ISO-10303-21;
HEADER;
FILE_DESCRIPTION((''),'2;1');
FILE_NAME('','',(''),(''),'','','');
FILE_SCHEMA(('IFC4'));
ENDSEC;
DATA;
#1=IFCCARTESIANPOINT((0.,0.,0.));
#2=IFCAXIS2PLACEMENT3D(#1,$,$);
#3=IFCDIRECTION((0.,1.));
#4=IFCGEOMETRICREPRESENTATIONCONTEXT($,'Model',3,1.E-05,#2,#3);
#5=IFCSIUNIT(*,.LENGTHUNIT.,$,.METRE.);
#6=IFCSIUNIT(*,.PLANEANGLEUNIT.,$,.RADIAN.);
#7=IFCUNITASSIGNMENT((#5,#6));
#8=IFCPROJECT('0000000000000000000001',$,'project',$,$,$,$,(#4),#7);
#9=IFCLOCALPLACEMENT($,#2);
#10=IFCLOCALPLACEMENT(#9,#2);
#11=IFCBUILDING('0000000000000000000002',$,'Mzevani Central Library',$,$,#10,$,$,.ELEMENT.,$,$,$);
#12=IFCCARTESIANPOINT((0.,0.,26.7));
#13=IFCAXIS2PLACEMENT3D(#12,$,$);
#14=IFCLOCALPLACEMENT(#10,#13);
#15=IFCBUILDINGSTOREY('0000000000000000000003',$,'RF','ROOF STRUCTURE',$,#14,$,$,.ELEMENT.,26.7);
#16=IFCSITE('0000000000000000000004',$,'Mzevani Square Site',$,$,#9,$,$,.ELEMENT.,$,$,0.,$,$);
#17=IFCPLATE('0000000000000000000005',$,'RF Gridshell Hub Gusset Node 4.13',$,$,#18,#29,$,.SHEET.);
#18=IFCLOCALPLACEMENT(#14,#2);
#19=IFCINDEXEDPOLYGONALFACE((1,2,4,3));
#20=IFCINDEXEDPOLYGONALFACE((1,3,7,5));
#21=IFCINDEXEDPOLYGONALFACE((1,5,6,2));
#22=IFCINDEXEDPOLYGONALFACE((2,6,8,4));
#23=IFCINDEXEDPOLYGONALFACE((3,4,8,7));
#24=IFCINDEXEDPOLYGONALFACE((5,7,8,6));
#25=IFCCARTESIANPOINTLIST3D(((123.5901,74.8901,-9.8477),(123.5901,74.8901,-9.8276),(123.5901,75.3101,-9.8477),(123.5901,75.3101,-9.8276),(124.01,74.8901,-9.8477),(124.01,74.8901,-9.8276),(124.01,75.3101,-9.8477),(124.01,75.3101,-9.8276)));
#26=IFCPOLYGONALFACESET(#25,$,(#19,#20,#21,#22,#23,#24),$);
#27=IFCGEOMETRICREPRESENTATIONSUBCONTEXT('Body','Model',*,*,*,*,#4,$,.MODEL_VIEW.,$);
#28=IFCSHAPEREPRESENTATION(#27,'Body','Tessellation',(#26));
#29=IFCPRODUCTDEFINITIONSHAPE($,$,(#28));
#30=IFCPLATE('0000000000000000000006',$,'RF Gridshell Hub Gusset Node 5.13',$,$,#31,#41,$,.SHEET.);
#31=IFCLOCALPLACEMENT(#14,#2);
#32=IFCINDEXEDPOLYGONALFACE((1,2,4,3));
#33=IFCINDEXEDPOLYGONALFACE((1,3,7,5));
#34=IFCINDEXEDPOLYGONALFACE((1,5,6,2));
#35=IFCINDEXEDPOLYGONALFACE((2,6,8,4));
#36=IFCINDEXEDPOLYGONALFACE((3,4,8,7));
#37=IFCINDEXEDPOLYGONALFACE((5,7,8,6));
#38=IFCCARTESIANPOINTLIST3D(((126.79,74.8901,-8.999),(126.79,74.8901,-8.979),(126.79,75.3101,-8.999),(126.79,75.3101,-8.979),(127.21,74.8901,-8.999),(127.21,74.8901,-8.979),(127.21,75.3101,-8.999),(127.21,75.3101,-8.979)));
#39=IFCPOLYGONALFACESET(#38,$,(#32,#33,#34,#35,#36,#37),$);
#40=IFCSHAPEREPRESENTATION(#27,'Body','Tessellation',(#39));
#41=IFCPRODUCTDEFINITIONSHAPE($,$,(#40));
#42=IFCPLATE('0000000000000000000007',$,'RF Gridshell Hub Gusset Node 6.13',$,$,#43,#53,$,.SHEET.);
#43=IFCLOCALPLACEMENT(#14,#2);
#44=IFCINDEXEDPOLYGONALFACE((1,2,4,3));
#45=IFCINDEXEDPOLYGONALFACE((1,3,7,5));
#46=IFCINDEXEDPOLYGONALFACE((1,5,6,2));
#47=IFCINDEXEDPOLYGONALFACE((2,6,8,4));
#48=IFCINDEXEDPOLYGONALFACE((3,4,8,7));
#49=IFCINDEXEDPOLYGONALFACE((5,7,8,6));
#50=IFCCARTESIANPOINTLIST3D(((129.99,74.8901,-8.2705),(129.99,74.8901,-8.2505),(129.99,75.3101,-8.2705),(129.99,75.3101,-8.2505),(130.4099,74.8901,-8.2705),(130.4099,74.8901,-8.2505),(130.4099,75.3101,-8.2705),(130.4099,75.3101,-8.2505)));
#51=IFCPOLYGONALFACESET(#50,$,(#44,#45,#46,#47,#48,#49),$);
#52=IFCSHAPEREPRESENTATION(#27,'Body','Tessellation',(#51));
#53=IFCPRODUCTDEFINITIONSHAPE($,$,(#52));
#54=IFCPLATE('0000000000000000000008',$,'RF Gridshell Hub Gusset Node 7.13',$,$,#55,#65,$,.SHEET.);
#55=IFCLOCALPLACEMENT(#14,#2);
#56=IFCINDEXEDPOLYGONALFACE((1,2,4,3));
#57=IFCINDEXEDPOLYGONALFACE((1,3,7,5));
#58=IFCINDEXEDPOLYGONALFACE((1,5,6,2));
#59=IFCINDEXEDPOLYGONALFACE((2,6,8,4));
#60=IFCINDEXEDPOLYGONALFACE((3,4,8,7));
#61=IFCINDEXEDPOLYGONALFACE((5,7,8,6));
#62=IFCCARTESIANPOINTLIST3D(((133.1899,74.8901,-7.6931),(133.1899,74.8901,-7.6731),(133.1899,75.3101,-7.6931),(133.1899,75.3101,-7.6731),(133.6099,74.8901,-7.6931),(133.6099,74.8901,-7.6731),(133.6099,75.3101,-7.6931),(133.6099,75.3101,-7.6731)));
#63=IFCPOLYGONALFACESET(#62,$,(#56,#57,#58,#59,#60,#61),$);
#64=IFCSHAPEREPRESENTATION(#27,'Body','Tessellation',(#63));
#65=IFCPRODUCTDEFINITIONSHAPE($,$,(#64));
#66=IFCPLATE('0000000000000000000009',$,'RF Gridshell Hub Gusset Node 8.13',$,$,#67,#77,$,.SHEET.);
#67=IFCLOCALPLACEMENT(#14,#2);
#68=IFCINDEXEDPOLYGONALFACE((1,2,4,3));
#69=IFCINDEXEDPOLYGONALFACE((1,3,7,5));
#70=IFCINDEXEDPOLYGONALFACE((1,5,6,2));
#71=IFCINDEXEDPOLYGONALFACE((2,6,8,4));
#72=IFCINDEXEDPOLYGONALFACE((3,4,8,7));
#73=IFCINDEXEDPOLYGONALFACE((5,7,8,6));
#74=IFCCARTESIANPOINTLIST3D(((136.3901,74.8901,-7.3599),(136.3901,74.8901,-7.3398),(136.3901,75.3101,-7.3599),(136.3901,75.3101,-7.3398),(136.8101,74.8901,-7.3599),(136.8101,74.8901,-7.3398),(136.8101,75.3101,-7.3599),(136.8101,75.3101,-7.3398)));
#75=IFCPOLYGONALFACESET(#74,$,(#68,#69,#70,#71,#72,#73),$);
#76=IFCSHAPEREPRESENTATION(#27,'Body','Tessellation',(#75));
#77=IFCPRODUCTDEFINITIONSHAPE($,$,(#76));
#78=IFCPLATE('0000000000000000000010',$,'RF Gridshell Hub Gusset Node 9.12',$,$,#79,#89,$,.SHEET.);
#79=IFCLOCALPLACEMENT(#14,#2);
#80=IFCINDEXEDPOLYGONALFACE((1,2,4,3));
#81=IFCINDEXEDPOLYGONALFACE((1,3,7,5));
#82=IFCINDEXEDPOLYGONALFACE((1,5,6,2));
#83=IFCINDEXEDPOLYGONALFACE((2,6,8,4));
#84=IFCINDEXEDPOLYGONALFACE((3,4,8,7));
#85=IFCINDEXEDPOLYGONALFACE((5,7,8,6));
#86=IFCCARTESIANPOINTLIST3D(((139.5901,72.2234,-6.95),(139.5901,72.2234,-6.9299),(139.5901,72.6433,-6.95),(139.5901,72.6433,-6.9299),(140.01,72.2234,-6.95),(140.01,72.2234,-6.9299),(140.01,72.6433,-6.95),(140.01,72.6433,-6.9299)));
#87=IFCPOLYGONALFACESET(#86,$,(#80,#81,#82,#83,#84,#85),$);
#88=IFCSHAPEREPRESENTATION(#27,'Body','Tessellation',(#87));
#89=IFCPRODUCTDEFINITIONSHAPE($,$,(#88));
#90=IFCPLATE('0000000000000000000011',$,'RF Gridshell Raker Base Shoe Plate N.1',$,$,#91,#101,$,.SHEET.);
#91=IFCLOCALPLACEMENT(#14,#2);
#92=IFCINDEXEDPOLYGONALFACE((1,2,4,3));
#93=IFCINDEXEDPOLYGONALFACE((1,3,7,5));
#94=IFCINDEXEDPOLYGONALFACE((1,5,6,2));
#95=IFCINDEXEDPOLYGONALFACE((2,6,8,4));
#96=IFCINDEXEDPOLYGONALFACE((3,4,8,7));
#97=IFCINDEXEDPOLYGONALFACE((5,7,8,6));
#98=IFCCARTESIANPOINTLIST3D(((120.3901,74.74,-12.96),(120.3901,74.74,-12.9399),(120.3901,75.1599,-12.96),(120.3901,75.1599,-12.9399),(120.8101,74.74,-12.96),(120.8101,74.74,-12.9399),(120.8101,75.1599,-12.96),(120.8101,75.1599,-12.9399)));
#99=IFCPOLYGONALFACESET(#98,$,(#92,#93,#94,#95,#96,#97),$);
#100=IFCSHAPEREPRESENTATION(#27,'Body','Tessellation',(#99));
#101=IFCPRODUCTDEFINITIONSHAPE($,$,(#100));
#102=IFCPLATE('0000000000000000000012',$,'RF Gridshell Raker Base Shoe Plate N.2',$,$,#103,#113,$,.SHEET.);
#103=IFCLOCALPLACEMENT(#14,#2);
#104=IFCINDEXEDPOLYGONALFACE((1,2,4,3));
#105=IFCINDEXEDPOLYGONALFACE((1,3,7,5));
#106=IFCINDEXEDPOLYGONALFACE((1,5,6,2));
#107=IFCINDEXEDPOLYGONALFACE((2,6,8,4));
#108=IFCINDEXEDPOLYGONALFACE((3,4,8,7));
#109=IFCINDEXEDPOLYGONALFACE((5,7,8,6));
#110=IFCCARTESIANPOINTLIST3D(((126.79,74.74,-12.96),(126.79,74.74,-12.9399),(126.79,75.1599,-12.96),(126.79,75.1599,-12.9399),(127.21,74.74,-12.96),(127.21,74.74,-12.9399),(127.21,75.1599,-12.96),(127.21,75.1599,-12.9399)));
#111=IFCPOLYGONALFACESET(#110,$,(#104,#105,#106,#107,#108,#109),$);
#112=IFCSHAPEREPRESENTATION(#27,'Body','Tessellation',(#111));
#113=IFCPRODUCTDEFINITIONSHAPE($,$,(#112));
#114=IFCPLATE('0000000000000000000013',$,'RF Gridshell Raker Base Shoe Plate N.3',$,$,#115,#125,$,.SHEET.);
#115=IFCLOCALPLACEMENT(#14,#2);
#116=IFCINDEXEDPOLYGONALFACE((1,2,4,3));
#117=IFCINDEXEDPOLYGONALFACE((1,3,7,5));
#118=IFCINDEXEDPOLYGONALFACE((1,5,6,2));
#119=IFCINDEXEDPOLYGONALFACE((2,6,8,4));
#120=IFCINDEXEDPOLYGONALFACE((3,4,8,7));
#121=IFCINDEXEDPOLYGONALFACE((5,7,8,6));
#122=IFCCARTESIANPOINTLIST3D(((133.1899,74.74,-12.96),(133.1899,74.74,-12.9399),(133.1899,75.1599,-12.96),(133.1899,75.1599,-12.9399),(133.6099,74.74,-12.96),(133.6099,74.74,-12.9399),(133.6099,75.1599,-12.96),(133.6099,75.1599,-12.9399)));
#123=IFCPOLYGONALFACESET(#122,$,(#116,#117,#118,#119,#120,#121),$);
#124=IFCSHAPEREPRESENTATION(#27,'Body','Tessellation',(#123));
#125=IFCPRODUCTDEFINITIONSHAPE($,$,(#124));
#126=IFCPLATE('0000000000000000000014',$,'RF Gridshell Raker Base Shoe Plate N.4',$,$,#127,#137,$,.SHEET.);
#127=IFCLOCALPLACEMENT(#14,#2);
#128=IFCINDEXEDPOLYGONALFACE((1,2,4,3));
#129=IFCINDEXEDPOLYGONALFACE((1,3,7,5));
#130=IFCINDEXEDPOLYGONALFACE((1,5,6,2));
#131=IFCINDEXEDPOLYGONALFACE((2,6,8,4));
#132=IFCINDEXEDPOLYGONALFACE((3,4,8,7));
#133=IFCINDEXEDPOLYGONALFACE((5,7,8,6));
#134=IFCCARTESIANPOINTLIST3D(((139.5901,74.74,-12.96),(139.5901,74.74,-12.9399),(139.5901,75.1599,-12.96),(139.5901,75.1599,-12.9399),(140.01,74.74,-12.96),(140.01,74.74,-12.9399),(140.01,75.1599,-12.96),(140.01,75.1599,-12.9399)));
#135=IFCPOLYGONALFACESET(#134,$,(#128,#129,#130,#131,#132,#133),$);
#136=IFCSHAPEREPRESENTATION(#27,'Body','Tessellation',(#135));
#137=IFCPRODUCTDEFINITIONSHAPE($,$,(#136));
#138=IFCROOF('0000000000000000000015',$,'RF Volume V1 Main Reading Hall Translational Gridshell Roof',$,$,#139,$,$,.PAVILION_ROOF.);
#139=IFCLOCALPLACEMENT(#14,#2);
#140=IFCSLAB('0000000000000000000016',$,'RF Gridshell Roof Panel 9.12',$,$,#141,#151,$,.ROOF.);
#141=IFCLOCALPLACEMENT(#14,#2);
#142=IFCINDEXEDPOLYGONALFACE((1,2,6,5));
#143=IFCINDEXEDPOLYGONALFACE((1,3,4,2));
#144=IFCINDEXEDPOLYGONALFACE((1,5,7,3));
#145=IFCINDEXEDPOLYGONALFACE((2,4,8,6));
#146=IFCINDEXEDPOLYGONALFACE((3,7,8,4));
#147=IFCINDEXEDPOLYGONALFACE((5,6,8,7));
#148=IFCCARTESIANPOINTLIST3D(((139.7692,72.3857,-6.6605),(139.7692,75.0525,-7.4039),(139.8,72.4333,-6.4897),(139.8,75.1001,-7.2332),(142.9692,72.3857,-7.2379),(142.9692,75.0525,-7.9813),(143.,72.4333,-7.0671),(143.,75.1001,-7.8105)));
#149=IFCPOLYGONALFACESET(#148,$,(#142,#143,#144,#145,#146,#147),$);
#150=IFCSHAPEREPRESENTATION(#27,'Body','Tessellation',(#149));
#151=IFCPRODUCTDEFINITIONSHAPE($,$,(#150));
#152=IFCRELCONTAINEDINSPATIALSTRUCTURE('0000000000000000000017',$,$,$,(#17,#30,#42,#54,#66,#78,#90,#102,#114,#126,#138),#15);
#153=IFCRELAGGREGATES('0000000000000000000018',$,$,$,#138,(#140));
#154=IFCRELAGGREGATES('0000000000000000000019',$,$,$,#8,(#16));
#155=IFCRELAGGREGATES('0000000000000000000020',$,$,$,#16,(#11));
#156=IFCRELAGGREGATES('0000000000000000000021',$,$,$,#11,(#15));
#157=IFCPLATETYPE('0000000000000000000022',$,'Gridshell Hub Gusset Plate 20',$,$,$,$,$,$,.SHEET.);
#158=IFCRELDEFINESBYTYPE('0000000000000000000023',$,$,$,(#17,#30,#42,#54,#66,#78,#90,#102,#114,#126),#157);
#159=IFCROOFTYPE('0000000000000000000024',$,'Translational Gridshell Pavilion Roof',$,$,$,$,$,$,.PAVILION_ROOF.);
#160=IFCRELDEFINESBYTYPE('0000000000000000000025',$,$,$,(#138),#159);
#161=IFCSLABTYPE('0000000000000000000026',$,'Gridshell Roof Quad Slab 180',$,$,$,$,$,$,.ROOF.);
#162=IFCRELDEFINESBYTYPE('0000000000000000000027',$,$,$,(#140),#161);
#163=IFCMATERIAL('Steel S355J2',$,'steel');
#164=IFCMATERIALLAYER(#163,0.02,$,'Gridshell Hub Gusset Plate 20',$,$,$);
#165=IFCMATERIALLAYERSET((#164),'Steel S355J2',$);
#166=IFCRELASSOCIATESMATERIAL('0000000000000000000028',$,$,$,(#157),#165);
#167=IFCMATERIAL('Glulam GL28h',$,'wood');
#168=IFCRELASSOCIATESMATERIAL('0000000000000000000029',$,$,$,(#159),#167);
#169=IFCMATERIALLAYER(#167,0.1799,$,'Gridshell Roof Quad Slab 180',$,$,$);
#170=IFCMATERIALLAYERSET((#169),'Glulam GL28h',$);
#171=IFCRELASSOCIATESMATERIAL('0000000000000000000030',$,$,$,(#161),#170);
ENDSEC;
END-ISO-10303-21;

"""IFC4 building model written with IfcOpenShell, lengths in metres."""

from ifc_helpers import new_model, si_unit, direction, frame, origin, origin_2d, place, context, subcontext, project, spatial, polyline, rectangle, outline, extrude, material, layer, layer_set, type_object, element, aggregate, save


model = new_model("IFC4")

# Units and contexts
model_context = context("Model", 3, precision=1e-05, world=origin(), true_north=direction((0.0, 1.0)))
body_context = subcontext(model_context, "Body", "Model", "MODEL_VIEW")
ifc_project = project(units=[si_unit("LENGTHUNIT", "METRE"), si_unit("PLANEANGLEUNIT", "RADIAN")], contexts=[model_context])

# Site, building, storey
site_placement = place(None, origin())
site = spatial("IfcSite", under=ifc_project, at=site_placement, Name="Mzevani Square Site", CompositionType="ELEMENT", RefElevation=0.0)
building_placement = place(site_placement, origin())
building = spatial("IfcBuilding", under=site, at=building_placement, Name="Mzevani Central Library", CompositionType="ELEMENT")
storey_placement = place(building_placement, frame((0.0, 0.0, 26.7)))
storey = spatial("IfcBuildingStorey", under=building, at=storey_placement, Name="RF", Description="ROOF STRUCTURE", CompositionType="ELEMENT", Elevation=26.7)

# Shared definitions
ifc_material_1 = material(Name="Steel S355J2", Category="steel")
ifc_material_2 = material(Name="Glulam GL28h", Category="wood")

# Plates
ifc_layer_1 = layer(ifc_material_1, 0.02, Name="Gridshell Hub Gusset Plate 20")
ifc_layer_set_1 = layer_set([ifc_layer_1], Name="Steel S355J2")
plate_type = type_object("IfcPlateType", Name="Gridshell Hub Gusset Plate 20", PredefinedType="SHEET", material=ifc_layer_set_1)
for number, where, z_axis, x_axis, name in (
    (1, (123.8, 75.1001, -9.8477), (0.0, 0.0, 1.0), (1.0, 0.0, 0.0), "RF Gridshell Hub Gusset Node 4.13"),
    (2, (127.0, 75.1001, -8.999), (0.0, 0.0, 1.0), (1.0, 0.0, 0.0), "RF Gridshell Hub Gusset Node 5.13"),
    (3, (130.2, 75.1001, -8.2705), (0.0, 0.0, 1.0), (1.0, 0.0, 0.0), "RF Gridshell Hub Gusset Node 6.13"),
    (4, (133.3999, 75.1001, -7.6931), (0.0, 0.0, 1.0), (1.0, 0.0, 0.0), "RF Gridshell Hub Gusset Node 7.13"),
    (5, (136.6001, 75.1001, -7.3599), (0.0, 0.0, 1.0), (1.0, 0.0, 0.0), "RF Gridshell Hub Gusset Node 8.13"),
    (6, (139.8, 72.4333, -6.95), (0.0, 0.0, 1.0), (1.0, 0.0, 0.0), "RF Gridshell Hub Gusset Node 9.12"),
    (7, (120.6001, 74.95, -12.96), (0.0, 0.0, 1.0), (1.0, 0.0, 0.0), "RF Gridshell Raker Base Shoe Plate N.1"),
    (8, (127.0, 74.95, -12.96), (0.0, 0.0, 1.0), (1.0, 0.0, 0.0), "RF Gridshell Raker Base Shoe Plate N.2"),
    (9, (133.3999, 74.95, -12.96), (0.0, 0.0, 1.0), (1.0, 0.0, 0.0), "RF Gridshell Raker Base Shoe Plate N.3"),
    (10, (139.8, 74.95, -12.96), (0.0, 0.0, 1.0), (1.0, 0.0, 0.0), "RF Gridshell Raker Base Shoe Plate N.4"),
):
    element("IfcPlate", number, at=place(storey_placement, frame(where, z_axis=z_axis, x_axis=x_axis)), inside=storey, type_object=plate_type, Name=name, PredefinedType="SHEET", context=body_context, shape_type="SweptSolid", body=[
        extrude(rectangle(XDim=0.4199, YDim=0.4199, at=origin_2d()), origin(), (0.0, 0.0, 1.0), 0.02),
    ])

# Roof, slab
roof_type = type_object("IfcRoofType", Name="Translational Gridshell Pavilion Roof", PredefinedType="PAVILION_ROOF", material=ifc_material_2)
roof_placement = place(storey_placement, origin())
roof = element("IfcRoof", 11, at=roof_placement, inside=storey, type_object=roof_type, Name="RF Volume V1 Main Reading Hall Translational Gridshell Roof", PredefinedType="PAVILION_ROOF")
ifc_layer_2 = layer(ifc_material_2, 0.1799, Name="Gridshell Roof Quad Slab 180")
ifc_layer_set_2 = layer_set([ifc_layer_2], Name="Glulam GL28h")
slab_type = type_object("IfcSlabType", Name="Gridshell Roof Quad Slab 180", PredefinedType="ROOF", material=ifc_layer_set_2)
slab_placement = place(storey_placement, frame((139.8, 72.4333, -6.4897), z_axis=(0.171243, 0.264564, 0.949042), x_axis=(0.984108, 0.0, -0.17757)))
slab = element("IfcSlab", 12, at=slab_placement, type_object=slab_type, Name="RF Gridshell Roof Panel 9.12", PredefinedType="ROOF", context=body_context, shape_type="SweptSolid", body=[
    extrude(outline(polyline([(0.0, 0.0), (3.2516, 0.0), (3.3836, 2.7653), (0.132, 2.7653), (0.0, 0.0)])), origin(), (0.0, 0.0, -1.0), 0.1799),
])
aggregate(roof, [slab])

save(model, "model.ifc")
